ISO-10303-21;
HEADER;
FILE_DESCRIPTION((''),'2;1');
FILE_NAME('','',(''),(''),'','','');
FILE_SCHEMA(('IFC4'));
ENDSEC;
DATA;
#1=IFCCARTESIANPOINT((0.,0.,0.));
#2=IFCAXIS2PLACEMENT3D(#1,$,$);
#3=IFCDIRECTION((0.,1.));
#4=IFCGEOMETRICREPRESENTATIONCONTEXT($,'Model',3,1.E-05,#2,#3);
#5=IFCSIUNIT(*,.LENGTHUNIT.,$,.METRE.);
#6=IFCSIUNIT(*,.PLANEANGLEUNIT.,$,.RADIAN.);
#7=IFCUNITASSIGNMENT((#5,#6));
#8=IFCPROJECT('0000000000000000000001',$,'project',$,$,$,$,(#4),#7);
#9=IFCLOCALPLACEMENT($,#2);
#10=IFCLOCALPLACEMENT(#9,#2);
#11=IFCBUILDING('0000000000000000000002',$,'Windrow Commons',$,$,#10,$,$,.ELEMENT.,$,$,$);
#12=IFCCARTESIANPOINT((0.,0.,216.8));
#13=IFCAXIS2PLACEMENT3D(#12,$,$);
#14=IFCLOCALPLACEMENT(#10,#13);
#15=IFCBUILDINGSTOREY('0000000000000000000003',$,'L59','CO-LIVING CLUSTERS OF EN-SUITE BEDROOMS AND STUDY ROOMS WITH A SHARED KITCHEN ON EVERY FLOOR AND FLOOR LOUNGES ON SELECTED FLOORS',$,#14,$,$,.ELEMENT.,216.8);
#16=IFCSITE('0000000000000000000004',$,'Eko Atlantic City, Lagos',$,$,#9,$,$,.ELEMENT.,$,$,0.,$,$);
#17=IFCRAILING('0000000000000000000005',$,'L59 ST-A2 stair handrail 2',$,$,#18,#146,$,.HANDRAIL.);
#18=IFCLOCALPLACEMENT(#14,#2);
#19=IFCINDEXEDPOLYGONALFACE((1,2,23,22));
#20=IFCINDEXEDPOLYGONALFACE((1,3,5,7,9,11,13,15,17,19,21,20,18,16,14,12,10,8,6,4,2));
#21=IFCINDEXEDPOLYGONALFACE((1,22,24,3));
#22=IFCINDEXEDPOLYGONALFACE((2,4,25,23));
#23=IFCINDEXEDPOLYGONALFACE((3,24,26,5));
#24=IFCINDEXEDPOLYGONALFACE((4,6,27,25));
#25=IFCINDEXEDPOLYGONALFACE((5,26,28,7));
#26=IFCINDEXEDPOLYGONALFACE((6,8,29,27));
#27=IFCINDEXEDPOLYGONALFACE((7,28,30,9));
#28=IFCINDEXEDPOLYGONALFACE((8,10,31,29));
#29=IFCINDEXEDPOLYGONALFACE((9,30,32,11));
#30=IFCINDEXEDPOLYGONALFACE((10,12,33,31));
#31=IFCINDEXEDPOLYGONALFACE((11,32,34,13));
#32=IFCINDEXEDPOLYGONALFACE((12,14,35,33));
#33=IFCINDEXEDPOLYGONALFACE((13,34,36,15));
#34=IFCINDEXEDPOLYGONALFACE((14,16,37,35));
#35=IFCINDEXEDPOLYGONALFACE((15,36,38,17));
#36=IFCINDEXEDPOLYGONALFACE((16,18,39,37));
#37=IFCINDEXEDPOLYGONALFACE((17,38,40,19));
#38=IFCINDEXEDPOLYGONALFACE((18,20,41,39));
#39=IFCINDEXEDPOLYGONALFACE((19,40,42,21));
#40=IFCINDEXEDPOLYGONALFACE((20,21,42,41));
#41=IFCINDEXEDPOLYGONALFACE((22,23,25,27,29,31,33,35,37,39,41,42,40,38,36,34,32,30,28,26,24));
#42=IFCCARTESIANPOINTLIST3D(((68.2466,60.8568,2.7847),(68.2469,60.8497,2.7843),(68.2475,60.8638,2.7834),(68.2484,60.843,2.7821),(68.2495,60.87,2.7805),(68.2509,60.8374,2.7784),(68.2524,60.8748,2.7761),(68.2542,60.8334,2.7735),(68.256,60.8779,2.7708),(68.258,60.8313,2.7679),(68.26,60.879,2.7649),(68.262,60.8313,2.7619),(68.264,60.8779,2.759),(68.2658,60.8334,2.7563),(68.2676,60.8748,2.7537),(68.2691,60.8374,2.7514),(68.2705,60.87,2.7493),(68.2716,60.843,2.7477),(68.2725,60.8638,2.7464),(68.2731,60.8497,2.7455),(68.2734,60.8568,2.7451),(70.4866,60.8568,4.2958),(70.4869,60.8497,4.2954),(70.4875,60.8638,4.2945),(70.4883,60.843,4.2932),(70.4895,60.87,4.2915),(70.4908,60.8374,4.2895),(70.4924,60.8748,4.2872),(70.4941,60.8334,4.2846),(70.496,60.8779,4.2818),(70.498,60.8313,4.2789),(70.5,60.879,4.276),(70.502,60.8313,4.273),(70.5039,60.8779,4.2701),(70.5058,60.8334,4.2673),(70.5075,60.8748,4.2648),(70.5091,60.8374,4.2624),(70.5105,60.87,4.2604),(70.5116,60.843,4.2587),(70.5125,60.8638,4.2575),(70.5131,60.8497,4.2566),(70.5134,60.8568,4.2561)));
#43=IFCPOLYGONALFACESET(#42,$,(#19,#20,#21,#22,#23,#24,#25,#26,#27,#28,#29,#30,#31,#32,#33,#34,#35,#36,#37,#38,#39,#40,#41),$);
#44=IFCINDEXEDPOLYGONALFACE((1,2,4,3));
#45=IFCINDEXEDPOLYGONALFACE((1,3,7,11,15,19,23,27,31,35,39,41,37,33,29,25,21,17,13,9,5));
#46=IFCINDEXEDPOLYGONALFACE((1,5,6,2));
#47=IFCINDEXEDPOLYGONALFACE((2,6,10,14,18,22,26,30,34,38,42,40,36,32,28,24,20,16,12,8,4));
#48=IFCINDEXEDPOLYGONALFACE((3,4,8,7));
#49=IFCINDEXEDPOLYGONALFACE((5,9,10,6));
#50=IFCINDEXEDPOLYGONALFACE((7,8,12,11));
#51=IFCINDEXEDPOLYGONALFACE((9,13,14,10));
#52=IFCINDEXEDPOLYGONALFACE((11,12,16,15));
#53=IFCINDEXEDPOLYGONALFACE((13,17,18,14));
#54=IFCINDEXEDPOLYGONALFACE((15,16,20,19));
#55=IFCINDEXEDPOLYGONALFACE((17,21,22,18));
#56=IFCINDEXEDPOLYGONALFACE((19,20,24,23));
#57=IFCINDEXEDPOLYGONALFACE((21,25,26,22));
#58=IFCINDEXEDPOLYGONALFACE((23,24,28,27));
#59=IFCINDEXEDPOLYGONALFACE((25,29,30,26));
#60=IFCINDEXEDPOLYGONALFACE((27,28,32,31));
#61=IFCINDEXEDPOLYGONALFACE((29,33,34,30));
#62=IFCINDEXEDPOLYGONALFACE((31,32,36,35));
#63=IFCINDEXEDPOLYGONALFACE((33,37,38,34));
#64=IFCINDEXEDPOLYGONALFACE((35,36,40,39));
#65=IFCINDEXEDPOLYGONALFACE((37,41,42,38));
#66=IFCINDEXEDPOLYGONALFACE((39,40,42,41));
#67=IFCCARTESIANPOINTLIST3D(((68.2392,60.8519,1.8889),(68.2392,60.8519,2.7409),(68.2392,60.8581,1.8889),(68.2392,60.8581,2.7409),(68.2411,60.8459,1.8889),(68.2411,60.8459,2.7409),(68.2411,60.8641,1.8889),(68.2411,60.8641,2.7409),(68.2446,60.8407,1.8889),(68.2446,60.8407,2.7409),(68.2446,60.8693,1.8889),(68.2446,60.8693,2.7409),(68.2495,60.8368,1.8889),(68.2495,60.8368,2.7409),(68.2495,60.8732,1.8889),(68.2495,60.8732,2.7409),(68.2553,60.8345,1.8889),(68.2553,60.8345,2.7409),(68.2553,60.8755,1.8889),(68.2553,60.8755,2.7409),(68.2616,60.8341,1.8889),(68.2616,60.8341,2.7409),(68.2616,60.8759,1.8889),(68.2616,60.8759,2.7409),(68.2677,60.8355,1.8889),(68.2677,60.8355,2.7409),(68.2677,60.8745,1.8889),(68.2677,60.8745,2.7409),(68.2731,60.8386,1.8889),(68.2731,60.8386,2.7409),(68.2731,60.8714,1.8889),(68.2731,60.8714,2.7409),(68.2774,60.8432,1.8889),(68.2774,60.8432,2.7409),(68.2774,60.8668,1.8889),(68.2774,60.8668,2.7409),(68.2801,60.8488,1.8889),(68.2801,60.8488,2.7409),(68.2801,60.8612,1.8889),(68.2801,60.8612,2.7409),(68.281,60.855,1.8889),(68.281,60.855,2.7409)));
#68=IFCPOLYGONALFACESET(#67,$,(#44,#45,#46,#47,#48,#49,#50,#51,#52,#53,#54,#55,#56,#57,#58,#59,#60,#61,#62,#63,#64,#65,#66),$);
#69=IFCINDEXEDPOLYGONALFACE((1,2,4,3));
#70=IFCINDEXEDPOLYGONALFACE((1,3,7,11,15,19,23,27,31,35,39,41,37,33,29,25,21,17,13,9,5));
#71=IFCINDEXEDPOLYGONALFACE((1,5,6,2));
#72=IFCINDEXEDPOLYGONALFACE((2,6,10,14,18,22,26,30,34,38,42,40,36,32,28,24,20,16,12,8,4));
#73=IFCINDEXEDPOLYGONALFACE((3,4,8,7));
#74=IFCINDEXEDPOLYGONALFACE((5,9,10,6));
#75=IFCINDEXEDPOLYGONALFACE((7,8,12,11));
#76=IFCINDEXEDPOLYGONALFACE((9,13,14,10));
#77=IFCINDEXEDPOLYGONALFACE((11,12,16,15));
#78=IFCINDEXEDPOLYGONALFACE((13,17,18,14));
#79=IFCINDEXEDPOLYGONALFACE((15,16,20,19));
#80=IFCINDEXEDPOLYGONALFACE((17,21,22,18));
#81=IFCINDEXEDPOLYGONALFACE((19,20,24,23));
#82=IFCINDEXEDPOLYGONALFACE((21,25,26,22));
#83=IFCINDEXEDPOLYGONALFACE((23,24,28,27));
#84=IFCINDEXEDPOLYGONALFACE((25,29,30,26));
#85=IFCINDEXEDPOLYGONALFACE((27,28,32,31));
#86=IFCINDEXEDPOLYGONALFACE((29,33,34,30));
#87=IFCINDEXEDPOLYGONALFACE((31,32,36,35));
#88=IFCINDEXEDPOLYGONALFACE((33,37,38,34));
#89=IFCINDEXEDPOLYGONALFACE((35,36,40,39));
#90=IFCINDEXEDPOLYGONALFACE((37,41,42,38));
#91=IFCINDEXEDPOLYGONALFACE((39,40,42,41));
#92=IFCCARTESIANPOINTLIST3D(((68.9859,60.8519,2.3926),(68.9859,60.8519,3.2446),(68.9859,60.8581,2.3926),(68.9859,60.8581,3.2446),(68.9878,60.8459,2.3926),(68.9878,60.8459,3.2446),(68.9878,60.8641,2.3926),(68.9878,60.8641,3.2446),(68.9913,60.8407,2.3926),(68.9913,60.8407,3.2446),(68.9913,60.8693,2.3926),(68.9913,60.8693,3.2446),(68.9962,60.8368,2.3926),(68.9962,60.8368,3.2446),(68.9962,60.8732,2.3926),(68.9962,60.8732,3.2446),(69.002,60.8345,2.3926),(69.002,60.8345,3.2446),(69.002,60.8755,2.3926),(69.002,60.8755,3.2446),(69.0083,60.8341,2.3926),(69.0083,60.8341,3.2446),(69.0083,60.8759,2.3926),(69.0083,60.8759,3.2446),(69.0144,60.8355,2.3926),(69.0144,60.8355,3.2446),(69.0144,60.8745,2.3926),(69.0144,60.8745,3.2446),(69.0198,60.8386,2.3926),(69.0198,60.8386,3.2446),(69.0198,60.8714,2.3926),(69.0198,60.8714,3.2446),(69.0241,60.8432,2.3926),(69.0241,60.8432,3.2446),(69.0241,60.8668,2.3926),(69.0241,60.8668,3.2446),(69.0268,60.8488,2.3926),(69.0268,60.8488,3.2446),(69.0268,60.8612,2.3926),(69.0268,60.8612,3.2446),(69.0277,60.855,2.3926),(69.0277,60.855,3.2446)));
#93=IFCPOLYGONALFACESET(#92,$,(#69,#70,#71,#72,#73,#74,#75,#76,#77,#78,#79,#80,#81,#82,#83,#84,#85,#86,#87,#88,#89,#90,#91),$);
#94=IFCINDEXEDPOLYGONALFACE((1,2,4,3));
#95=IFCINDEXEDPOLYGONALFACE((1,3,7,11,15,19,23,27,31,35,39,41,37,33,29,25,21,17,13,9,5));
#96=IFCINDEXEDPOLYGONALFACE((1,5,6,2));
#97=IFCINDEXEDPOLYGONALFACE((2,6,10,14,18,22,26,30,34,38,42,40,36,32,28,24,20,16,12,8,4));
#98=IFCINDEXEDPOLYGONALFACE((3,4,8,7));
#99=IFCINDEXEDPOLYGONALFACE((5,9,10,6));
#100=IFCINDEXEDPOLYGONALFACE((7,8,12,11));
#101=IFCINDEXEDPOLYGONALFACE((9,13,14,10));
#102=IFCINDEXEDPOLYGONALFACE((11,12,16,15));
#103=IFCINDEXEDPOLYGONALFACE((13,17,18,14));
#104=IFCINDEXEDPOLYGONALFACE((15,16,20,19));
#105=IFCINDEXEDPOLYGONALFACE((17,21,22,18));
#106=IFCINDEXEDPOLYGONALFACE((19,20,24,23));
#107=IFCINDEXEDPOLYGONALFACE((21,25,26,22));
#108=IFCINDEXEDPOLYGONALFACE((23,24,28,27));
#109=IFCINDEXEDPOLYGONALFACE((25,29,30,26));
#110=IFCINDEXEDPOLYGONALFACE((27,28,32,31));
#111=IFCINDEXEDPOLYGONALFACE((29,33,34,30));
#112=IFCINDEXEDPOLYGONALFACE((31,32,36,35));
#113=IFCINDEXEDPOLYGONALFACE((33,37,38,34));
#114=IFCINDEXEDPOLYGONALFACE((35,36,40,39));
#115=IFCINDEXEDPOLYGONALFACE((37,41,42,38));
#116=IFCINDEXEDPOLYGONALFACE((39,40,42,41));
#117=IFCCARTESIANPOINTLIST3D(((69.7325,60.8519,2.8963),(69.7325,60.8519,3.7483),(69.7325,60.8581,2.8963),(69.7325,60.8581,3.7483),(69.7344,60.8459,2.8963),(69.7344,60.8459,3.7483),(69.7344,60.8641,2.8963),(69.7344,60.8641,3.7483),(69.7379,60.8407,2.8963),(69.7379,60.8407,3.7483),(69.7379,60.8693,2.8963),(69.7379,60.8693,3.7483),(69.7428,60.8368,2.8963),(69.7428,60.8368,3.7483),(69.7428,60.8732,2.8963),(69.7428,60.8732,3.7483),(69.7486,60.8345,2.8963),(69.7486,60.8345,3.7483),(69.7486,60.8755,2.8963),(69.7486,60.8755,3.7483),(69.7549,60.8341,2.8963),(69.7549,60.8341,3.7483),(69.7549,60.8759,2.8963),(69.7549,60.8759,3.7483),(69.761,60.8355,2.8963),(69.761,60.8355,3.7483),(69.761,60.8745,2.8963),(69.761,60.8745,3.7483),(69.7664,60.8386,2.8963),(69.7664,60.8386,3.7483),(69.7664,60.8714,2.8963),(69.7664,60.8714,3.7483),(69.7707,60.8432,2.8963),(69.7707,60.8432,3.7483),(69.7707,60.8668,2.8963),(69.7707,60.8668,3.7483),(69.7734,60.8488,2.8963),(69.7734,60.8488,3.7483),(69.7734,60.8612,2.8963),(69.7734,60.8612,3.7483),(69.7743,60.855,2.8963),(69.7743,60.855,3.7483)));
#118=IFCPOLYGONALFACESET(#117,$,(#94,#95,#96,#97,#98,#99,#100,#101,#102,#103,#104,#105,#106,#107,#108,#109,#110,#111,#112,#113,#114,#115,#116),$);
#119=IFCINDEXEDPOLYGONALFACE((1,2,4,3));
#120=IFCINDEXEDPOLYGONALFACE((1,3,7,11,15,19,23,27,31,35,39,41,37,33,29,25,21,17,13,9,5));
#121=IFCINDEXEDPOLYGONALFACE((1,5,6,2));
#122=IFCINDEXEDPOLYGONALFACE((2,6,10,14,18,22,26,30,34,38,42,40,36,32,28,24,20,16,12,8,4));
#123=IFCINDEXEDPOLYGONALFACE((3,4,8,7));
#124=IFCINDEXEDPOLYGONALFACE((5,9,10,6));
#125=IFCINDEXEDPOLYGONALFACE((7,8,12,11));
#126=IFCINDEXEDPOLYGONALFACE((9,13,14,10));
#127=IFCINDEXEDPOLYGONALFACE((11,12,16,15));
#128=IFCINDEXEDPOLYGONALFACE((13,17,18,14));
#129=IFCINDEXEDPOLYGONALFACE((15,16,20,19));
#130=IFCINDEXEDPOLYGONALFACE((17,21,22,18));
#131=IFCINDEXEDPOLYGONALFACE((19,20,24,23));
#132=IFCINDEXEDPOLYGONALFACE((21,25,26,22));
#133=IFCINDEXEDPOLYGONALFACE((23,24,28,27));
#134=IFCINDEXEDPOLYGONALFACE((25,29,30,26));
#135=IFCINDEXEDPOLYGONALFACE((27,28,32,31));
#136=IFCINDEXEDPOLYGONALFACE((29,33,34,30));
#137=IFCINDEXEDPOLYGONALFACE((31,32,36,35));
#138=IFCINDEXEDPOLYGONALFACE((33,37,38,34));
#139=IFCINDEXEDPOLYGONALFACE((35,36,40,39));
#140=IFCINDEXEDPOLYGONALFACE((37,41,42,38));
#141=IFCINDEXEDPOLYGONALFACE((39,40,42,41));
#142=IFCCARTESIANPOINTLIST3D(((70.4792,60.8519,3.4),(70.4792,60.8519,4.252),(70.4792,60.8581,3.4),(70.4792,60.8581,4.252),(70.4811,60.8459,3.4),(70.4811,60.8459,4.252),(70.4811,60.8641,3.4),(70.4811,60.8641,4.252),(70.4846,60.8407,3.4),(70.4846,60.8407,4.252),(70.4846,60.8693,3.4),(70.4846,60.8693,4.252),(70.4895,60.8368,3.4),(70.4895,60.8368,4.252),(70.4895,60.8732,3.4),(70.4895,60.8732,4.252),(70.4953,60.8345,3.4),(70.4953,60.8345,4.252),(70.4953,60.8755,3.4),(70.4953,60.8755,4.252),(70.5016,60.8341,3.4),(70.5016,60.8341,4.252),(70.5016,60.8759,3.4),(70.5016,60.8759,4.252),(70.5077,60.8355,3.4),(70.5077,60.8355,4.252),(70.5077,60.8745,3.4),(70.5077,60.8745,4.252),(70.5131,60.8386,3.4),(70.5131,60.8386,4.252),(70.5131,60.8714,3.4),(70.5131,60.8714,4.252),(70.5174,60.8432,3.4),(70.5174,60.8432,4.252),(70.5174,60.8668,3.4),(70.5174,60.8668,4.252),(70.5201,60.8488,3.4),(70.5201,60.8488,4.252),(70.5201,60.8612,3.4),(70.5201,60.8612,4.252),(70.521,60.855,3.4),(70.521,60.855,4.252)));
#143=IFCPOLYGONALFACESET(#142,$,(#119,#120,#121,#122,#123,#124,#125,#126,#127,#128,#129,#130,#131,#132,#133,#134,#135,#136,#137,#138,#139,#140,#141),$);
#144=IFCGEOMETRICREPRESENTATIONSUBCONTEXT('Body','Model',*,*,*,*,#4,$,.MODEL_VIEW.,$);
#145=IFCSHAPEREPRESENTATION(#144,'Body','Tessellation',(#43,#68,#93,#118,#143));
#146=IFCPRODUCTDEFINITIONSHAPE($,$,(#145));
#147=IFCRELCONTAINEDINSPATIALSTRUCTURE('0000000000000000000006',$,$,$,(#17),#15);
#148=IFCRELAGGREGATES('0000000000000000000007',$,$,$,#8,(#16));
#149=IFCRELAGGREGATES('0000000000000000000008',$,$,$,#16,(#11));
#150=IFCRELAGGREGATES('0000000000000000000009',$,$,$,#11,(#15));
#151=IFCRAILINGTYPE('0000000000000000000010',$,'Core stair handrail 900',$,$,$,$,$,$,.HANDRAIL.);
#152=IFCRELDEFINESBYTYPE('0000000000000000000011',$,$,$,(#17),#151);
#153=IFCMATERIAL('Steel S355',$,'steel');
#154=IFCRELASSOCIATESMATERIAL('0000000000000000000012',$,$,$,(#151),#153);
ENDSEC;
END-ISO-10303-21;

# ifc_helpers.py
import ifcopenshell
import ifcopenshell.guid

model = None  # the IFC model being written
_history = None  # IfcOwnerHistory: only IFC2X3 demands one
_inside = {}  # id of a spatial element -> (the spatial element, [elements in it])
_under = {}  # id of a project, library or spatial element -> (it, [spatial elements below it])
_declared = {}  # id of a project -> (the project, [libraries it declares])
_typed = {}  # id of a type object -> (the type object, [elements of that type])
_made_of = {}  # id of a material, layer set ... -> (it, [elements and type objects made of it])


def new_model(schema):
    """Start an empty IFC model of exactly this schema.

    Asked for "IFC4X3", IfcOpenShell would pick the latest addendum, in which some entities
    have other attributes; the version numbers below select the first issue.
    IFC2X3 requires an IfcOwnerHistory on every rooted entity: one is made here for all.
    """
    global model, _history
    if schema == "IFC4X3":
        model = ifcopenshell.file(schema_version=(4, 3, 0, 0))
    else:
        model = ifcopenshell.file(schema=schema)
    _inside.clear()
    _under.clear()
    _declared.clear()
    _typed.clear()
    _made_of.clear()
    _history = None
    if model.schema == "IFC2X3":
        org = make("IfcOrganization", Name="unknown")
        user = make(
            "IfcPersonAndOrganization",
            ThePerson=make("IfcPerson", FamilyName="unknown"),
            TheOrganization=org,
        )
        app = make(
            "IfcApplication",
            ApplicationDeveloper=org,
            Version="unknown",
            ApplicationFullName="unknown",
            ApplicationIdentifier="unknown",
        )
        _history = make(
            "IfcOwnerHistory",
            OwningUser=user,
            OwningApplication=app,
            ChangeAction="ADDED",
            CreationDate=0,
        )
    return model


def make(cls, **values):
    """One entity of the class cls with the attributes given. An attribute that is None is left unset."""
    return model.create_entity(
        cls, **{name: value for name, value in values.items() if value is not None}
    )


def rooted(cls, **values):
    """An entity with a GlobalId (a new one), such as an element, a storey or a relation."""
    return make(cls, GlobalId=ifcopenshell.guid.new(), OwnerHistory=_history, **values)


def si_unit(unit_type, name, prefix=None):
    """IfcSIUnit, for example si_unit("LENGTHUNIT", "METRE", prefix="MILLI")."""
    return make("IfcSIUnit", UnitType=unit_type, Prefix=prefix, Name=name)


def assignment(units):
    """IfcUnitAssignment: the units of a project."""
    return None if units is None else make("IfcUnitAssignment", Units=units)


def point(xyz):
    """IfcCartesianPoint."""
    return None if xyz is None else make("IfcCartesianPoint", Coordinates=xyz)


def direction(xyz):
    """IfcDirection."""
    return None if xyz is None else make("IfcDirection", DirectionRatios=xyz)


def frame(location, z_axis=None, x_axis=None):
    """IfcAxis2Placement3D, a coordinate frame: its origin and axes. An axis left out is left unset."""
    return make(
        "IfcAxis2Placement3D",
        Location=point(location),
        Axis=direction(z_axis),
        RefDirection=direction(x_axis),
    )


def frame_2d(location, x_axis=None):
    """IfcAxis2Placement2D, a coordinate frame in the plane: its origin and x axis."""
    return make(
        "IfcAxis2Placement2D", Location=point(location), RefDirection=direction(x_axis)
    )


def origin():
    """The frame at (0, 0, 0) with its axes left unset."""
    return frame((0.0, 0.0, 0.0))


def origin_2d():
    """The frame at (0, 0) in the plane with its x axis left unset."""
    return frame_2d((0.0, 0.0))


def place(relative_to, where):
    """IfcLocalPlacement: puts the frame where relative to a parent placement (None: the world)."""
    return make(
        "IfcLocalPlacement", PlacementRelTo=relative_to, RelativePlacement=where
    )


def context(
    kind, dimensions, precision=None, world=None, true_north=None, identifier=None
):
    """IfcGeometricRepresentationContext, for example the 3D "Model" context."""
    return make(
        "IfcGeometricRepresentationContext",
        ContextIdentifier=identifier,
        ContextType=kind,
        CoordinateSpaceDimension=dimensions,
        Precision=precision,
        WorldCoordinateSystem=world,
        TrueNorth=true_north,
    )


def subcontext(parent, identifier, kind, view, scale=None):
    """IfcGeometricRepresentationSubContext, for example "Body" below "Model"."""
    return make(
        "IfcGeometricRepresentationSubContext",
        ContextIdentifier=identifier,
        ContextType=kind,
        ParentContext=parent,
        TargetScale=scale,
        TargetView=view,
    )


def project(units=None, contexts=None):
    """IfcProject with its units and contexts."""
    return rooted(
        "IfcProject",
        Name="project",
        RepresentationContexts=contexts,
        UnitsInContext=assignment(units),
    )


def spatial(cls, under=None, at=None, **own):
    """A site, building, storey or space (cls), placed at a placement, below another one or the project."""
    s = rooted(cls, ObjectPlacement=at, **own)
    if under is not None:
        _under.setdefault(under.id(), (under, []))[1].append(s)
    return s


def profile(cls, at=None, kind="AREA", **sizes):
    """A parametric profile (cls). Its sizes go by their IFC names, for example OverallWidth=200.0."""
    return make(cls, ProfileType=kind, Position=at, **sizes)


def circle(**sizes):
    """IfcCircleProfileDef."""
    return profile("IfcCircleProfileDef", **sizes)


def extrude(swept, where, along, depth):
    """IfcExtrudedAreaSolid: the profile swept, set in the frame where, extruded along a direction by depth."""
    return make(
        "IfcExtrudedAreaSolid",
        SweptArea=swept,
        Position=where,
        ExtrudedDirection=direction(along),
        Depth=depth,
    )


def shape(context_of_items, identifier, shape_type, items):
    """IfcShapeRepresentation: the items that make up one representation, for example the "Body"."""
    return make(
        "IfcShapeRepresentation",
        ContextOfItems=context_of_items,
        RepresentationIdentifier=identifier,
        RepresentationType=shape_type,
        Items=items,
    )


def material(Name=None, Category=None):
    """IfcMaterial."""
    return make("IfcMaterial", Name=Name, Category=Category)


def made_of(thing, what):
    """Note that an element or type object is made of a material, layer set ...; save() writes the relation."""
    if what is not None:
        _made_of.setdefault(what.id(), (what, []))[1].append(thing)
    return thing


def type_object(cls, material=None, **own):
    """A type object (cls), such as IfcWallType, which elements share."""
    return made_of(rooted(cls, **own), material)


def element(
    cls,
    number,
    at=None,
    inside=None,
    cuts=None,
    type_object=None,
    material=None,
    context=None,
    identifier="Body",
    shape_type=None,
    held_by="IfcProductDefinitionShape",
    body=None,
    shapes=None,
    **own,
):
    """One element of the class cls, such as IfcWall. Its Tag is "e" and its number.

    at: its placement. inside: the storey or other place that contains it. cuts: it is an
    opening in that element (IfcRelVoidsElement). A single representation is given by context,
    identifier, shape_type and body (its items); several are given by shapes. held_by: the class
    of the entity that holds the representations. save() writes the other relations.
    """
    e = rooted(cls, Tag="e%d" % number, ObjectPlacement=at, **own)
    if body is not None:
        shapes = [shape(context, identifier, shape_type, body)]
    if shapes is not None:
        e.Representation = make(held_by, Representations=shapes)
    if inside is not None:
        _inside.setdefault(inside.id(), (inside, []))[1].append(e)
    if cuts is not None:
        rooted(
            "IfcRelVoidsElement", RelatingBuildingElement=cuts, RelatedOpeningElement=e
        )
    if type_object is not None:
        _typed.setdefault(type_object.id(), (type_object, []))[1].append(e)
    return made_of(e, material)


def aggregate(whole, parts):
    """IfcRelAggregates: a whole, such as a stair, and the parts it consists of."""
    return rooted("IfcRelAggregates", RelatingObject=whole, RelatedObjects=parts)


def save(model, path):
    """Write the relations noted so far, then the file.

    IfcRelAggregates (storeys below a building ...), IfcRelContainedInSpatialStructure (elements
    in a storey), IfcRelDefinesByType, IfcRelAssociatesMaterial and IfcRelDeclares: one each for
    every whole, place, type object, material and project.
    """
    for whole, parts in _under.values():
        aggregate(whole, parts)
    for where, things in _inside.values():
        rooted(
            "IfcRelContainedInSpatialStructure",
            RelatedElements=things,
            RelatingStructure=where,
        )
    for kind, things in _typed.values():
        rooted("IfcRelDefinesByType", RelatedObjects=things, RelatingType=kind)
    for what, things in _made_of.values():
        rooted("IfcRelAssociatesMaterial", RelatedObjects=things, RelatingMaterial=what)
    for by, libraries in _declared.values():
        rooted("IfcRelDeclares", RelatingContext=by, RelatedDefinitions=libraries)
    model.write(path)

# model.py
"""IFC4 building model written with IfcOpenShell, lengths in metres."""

from ifc_helpers import new_model, si_unit, direction, frame, origin, origin_2d, place, context, subcontext, project, spatial, circle, extrude, material, type_object, element, save


model = new_model("IFC4")

# Units and contexts
model_context = context("Model", 3, precision=1e-05, world=origin(), true_north=direction((0.0, 1.0)))
body_context = subcontext(model_context, "Body", "Model", "MODEL_VIEW")
ifc_project = project(units=[si_unit("LENGTHUNIT", "METRE"), si_unit("PLANEANGLEUNIT", "RADIAN")], contexts=[model_context])

# Site, building, storey
site_placement = place(None, origin())
site = spatial("IfcSite", under=ifc_project, at=site_placement, Name="Eko Atlantic City, Lagos", CompositionType="ELEMENT", RefElevation=0.0)
building_placement = place(site_placement, origin())
building = spatial("IfcBuilding", under=site, at=building_placement, Name="Windrow Commons", CompositionType="ELEMENT")
storey_placement = place(building_placement, frame((0.0, 0.0, 216.8)))
storey = spatial("IfcBuildingStorey", under=building, at=storey_placement, Name="L59", Description="CO-LIVING CLUSTERS OF EN-SUITE BEDROOMS AND STUDY ROOMS WITH A SHARED KITCHEN ON EVERY FLOOR AND FLOOR LOUNGES ON SELECTED FLOORS", CompositionType="ELEMENT", Elevation=216.8)

# Railing
ifc_material_1 = material(Name="Steel S355", Category="steel")
railing_type = type_object("IfcRailingType", Name="Core stair handrail 900", PredefinedType="HANDRAIL", material=ifc_material_1)
for number, where, name in (
    (1, (68.26, 60.855, 1.8889), "L59 ST-A2 stair handrail 2"),
):
    element("IfcRailing", number, at=place(storey_placement, frame(where)), inside=storey, type_object=railing_type, Name=name, PredefinedType="HANDRAIL", context=body_context, shape_type="SweptSolid", body=[
        extrude(circle(Radius=0.024, at=origin_2d()), frame((0.0, 0.0, 0.876), z_axis=(0.829003, 0.0, 0.559244), x_axis=(0.0, 1.0, 0.0)), (0.0, 0.0, 1.0), 2.702),
        extrude(circle(Radius=0.021, at=origin_2d()), origin(), (0.0, 0.0, 1.0), 0.852),
        extrude(circle(Radius=0.021, at=origin_2d()), frame((0.7467, 0.0, 0.5037)), (0.0, 0.0, 1.0), 0.852),
        extrude(circle(Radius=0.021, at=origin_2d()), frame((1.4933, 0.0, 1.0074)), (0.0, 0.0, 1.0), 0.852),
        extrude(circle(Radius=0.021, at=origin_2d()), frame((2.24, 0.0, 1.5111)), (0.0, 0.0, 1.0), 0.852),
    ])

save(model, "model.ifc")
